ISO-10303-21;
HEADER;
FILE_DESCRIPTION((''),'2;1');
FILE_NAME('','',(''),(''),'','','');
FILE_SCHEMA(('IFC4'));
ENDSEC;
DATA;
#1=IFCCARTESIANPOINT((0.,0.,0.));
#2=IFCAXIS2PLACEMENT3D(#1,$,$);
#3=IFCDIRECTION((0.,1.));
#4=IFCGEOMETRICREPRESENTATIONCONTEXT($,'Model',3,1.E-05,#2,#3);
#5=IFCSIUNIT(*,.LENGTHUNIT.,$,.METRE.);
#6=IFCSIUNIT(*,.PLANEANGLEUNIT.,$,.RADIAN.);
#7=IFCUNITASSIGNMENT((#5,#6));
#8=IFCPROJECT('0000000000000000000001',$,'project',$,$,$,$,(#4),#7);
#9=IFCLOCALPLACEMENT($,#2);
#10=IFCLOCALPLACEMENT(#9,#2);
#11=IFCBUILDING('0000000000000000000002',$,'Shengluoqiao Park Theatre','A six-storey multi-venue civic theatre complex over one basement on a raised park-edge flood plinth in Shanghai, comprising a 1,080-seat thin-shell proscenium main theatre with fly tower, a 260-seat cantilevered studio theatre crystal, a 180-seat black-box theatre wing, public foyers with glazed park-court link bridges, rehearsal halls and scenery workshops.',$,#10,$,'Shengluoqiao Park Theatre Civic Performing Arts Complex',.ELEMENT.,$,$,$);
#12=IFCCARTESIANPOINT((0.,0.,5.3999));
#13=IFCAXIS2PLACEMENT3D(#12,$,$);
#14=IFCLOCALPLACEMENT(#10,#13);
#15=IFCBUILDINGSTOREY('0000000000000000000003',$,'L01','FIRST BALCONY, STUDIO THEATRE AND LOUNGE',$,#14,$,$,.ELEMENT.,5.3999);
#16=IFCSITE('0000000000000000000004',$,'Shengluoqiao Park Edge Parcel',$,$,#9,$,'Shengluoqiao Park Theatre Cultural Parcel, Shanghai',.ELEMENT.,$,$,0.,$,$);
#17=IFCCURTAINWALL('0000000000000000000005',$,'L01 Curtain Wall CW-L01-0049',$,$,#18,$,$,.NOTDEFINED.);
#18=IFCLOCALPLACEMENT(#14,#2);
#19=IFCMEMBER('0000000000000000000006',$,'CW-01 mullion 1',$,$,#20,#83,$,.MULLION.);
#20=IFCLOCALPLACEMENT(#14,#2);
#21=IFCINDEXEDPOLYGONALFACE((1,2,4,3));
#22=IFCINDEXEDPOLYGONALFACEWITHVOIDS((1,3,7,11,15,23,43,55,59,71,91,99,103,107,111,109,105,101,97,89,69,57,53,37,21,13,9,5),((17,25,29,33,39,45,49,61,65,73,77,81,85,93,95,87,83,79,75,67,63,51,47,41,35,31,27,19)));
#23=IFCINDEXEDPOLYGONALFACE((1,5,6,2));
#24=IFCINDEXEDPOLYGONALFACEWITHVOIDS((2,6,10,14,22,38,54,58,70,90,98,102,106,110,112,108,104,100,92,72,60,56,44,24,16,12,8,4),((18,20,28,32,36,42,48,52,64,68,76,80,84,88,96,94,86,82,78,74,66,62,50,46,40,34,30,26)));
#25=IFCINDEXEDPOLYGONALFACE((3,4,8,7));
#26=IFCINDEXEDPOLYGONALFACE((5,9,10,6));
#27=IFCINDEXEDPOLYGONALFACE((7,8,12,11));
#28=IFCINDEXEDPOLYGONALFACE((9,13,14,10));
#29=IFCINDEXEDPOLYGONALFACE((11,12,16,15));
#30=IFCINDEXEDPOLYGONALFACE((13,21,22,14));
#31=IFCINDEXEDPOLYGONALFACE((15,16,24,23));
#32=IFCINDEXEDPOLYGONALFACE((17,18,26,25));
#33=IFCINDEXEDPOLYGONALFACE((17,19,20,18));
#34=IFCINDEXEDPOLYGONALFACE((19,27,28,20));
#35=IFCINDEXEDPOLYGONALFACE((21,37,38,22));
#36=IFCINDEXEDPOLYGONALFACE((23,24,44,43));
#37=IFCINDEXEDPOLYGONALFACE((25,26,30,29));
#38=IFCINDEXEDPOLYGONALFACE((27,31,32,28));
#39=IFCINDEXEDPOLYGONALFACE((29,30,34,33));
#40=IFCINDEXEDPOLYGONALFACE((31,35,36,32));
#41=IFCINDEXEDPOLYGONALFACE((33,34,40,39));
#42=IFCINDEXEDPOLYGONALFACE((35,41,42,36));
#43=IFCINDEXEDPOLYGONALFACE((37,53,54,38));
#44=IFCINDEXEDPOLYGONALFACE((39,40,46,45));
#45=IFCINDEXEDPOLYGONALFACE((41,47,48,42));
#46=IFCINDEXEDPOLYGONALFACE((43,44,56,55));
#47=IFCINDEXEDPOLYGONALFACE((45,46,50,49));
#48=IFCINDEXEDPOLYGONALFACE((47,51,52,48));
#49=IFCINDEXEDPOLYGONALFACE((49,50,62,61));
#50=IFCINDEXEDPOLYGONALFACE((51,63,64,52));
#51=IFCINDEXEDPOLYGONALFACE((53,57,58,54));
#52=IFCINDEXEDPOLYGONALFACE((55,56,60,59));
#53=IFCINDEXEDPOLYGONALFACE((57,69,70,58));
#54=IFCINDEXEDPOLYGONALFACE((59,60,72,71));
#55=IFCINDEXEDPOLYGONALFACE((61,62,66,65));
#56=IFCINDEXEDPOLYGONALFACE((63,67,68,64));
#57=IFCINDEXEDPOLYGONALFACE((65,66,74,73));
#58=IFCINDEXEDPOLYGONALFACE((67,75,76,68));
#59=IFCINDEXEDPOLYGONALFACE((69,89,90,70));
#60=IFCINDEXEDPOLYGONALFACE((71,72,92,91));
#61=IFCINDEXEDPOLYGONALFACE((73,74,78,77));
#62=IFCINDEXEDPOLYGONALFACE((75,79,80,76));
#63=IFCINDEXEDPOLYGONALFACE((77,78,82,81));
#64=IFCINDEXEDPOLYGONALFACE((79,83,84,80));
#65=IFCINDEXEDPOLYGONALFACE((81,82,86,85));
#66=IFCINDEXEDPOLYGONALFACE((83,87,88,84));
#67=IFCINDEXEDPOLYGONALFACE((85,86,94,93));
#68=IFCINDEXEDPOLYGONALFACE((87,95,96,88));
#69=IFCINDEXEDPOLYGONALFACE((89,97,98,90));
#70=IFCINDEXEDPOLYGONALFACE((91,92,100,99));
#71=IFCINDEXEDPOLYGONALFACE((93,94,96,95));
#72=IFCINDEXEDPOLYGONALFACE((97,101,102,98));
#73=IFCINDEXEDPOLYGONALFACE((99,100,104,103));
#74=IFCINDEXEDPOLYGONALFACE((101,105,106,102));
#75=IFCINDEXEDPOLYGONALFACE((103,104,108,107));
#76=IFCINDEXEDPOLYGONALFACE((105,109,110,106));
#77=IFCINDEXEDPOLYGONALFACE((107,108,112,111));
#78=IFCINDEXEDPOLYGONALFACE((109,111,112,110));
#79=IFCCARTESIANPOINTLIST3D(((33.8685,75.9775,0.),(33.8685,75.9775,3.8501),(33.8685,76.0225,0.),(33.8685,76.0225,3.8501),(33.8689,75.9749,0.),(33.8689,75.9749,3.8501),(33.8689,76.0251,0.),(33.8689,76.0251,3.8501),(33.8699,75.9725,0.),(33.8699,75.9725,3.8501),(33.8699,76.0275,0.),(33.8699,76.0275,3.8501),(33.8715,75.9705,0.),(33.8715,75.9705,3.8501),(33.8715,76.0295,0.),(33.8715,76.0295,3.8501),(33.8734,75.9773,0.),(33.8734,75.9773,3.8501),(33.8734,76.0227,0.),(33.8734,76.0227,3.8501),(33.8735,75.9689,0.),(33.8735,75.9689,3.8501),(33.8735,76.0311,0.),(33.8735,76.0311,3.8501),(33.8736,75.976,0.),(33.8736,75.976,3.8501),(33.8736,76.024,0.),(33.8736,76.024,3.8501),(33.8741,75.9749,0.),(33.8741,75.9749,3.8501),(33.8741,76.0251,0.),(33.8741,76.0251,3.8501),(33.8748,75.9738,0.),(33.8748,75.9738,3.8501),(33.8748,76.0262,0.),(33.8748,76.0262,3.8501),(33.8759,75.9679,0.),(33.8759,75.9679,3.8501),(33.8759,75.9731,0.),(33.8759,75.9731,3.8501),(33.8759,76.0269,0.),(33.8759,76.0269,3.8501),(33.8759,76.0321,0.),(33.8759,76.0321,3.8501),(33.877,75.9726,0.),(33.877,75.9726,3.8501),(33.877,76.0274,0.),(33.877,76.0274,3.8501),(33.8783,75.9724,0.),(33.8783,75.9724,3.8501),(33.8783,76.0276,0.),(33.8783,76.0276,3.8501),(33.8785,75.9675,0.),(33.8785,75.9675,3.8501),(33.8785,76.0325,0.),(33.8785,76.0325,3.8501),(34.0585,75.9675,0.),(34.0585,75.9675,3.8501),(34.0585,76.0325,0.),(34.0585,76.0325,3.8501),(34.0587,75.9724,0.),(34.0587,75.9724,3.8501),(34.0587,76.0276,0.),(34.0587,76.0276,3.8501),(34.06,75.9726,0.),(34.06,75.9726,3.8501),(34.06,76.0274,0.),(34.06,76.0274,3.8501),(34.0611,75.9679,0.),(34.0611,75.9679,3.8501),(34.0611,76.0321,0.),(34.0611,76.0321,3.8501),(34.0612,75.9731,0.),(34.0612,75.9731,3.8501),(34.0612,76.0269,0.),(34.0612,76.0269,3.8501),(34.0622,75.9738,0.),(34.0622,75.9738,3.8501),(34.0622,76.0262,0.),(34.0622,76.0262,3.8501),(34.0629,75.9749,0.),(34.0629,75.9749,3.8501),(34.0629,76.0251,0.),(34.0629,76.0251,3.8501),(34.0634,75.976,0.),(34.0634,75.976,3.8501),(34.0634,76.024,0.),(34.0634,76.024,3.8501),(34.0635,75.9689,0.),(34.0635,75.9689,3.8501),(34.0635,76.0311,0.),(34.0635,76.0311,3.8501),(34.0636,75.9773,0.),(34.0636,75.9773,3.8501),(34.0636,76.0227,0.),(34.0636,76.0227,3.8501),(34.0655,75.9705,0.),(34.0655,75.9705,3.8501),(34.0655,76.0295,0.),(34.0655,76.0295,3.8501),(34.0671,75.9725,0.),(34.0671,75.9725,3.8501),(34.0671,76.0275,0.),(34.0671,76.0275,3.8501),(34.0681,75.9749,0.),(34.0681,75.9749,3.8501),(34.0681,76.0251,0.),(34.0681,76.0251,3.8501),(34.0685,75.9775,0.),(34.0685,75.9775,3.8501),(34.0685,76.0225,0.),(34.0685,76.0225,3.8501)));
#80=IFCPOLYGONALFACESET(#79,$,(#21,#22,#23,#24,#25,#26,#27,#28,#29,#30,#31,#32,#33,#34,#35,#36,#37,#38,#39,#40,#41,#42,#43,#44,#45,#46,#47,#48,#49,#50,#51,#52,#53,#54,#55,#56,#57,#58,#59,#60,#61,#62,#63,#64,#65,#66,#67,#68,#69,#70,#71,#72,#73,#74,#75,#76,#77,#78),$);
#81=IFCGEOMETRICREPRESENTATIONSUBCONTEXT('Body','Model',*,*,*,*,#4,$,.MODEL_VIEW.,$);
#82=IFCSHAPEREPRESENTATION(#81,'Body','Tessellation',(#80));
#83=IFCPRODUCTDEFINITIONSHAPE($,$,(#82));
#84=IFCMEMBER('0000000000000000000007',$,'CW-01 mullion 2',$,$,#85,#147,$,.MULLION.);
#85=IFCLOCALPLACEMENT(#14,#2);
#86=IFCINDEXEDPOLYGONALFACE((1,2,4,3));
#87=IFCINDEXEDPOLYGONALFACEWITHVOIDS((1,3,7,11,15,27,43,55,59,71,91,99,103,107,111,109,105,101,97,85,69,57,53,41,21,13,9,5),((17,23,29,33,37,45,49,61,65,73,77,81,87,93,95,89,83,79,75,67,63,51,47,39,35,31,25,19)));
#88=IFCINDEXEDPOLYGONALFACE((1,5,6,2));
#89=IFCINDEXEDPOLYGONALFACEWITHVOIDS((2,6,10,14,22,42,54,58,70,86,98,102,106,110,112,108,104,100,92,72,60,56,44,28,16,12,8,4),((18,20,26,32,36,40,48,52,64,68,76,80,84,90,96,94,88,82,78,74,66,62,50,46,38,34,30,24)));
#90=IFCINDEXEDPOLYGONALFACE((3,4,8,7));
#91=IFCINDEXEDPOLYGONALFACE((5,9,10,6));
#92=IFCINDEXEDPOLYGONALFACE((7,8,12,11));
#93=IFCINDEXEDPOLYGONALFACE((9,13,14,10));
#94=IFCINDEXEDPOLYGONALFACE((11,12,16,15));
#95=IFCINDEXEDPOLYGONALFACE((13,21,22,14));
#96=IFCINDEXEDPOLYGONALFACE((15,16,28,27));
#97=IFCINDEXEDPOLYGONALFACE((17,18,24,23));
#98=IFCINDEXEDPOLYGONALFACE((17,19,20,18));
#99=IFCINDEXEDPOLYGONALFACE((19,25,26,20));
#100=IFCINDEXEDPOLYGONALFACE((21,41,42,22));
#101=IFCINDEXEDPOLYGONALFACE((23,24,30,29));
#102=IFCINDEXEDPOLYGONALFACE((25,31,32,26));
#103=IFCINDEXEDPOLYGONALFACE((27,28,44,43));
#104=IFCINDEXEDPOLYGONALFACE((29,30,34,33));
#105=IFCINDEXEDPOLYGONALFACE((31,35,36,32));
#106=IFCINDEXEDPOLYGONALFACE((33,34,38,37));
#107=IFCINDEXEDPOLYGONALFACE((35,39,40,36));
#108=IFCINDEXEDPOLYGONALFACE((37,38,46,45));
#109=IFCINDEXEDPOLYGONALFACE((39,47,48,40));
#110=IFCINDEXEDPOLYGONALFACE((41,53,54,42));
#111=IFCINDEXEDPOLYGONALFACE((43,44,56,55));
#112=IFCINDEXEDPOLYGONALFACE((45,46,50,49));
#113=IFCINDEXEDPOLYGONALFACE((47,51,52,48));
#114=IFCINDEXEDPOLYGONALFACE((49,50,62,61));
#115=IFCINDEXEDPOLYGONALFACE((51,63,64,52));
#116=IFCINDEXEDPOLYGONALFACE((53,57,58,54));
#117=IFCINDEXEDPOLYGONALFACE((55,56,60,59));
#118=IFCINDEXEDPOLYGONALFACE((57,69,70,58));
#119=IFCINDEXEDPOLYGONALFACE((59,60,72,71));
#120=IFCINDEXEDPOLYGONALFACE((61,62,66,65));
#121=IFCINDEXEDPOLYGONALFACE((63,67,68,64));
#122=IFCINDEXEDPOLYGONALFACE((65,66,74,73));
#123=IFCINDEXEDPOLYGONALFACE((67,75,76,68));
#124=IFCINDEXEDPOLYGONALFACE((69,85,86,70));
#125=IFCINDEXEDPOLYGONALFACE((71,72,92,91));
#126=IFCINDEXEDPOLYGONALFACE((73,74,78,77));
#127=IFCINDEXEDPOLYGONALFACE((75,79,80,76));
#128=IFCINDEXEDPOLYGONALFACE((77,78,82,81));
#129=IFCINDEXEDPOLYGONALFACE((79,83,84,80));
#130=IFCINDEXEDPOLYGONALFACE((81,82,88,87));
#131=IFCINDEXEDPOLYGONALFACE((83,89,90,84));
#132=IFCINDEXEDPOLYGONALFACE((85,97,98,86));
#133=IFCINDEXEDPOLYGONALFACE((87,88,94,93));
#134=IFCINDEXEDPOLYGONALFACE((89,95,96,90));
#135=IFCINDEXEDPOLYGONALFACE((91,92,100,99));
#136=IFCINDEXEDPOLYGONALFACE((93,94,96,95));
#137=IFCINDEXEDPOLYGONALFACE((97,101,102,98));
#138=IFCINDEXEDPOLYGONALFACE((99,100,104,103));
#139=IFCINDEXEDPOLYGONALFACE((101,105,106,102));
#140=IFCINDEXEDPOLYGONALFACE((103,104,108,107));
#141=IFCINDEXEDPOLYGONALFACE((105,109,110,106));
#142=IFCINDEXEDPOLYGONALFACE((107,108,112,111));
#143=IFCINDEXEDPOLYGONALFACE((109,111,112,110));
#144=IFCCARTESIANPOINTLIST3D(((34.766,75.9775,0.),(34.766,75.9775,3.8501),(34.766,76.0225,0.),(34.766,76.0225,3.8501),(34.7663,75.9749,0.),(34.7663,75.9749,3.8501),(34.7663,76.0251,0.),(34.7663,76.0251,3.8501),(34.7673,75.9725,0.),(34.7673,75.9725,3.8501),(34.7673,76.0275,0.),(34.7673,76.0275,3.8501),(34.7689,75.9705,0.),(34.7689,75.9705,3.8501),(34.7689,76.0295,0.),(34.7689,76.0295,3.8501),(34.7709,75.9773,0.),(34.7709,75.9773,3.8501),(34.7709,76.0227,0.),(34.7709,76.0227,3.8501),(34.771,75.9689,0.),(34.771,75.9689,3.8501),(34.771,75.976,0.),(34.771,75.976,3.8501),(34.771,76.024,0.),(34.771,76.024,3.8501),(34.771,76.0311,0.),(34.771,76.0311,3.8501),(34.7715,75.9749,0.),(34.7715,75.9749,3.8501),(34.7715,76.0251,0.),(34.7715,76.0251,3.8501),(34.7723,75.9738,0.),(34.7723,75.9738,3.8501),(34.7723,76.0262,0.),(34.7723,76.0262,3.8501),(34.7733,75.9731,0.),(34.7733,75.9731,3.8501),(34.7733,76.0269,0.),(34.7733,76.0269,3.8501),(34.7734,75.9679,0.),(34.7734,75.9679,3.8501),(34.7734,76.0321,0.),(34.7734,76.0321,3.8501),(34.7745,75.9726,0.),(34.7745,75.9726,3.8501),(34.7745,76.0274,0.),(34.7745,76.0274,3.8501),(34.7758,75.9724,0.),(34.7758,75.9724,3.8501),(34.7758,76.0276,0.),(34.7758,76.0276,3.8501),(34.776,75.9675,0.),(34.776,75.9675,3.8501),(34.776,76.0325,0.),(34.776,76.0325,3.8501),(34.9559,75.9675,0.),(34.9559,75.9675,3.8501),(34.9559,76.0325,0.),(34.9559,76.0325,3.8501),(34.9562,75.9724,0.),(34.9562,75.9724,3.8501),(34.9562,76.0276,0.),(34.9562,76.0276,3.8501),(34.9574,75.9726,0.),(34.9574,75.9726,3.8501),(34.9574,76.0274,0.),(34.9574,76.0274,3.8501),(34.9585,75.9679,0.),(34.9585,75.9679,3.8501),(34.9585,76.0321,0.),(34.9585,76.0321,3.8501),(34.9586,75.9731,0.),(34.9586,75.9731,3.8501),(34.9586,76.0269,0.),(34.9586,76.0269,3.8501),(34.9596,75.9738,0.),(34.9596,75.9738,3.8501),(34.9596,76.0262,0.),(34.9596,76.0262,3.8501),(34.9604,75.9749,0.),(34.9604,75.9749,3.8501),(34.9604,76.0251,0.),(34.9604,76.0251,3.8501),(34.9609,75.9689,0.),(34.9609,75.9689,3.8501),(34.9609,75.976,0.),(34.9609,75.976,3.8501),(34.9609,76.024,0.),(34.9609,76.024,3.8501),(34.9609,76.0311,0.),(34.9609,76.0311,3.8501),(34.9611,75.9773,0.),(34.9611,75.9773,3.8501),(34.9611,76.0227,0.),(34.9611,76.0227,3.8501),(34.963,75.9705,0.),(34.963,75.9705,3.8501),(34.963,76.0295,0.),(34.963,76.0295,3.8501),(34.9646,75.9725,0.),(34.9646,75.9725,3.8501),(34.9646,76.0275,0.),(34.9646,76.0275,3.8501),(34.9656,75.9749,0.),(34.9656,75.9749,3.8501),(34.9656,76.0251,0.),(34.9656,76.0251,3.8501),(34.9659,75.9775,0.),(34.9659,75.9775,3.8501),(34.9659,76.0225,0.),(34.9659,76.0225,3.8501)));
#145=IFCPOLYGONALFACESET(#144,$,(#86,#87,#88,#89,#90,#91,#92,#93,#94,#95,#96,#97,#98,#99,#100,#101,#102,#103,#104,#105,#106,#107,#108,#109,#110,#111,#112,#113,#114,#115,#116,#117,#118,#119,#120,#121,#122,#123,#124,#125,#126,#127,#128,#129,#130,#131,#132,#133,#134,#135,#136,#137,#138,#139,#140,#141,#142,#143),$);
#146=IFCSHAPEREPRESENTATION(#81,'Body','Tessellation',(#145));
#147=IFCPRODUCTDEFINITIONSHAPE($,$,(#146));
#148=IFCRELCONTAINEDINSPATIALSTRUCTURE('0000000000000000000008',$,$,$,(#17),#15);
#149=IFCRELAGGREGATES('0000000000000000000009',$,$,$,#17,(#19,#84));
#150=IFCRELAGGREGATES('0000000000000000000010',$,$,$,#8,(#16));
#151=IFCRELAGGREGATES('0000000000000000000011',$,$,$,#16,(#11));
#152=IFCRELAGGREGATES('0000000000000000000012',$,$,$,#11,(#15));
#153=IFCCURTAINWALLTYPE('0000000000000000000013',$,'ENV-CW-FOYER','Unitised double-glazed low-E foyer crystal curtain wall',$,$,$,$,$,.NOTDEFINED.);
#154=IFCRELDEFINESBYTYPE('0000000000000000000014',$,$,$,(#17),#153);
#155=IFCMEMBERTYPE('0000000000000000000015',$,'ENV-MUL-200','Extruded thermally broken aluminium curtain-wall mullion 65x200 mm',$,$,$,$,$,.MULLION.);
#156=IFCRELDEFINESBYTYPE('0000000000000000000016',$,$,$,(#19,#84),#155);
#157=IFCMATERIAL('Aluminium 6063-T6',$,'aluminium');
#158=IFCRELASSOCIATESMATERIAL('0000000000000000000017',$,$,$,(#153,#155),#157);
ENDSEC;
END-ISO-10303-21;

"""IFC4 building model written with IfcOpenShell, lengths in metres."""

from ifc_helpers import new_model, si_unit, direction, frame, origin, origin_2d, place, context, subcontext, project, spatial, hollow_rectangle, extrude, material, material_profile, profile_set, type_object, element, aggregate, save


model = new_model("IFC4")

# Units and contexts
model_context = context("Model", 3, precision=1e-05, world=origin(), true_north=direction((0.0, 1.0)))
body_context = subcontext(model_context, "Body", "Model", "MODEL_VIEW")
ifc_project = project(units=[si_unit("LENGTHUNIT", "METRE"), si_unit("PLANEANGLEUNIT", "RADIAN")], contexts=[model_context])

# Site, building, storey
site_placement = place(None, origin())
site = spatial("IfcSite", under=ifc_project, at=site_placement, Name="Shengluoqiao Park Edge Parcel", LongName="Shengluoqiao Park Theatre Cultural Parcel, Shanghai", CompositionType="ELEMENT", RefElevation=0.0)
building_placement = place(site_placement, origin())
building = spatial("IfcBuilding", under=site, at=building_placement, Name="Shengluoqiao Park Theatre", Description="A six-storey multi-venue civic theatre complex over one basement on a raised park-edge flood plinth in Shanghai, comprising a 1,080-seat thin-shell proscenium main theatre with fly tower, a 260-seat cantilevered studio theatre crystal, a 180-seat black-box theatre wing, public foyers with glazed park-court link bridges, rehearsal halls and scenery workshops.", LongName="Shengluoqiao Park Theatre Civic Performing Arts Complex", CompositionType="ELEMENT")
storey_placement = place(building_placement, frame((0.0, 0.0, 5.3999)))
storey = spatial("IfcBuildingStorey", under=building, at=storey_placement, Name="L01", Description="FIRST BALCONY, STUDIO THEATRE AND LOUNGE", CompositionType="ELEMENT", Elevation=5.3999)

# Curtain wall, members
ifc_material_1 = material(Name="Aluminium 6063-T6", Category="aluminium")
curtain_wall_type = type_object("IfcCurtainWallType", Name="ENV-CW-FOYER", Description="Unitised double-glazed low-E foyer crystal curtain wall", PredefinedType="NOTDEFINED", material=ifc_material_1)
ifc_material_profile_1 = material_profile(ifc_material_1, hollow_rectangle(XDim=0.0649, YDim=0.2, WallThickness=0.0049, InnerFilletRadius=0.0049, OuterFilletRadius=0.01, at=origin_2d()), Name="ALU MULLION 200x65x5")
ifc_profile_set_1 = profile_set([ifc_material_profile_1], Name="Aluminium 6063-T6")
member_type_1 = type_object("IfcMemberType", Name="ENV-MUL-200", Description="Extruded thermally broken aluminium curtain-wall mullion 65x200 mm", PredefinedType="MULLION", material=ifc_profile_set_1)
curtain_wall_1_placement = place(storey_placement, origin())
curtain_wall_1 = element("IfcCurtainWall", 1, at=curtain_wall_1_placement, inside=storey, type_object=curtain_wall_type, Name="L01 Curtain Wall CW-L01-0049", PredefinedType="NOTDEFINED")
member_1_placement = place(storey_placement, frame((33.9685, 76.0, 0.0), z_axis=(0.0, 0.0, 1.0), x_axis=(0.0, 1.0, 0.0)))
member_1 = element("IfcMember", 2, at=member_1_placement, type_object=member_type_1, Name="CW-01 mullion 1", PredefinedType="MULLION", context=body_context, shape_type="SweptSolid", body=[
    extrude(hollow_rectangle(XDim=0.0649, YDim=0.2, WallThickness=0.0049, InnerFilletRadius=0.0049, OuterFilletRadius=0.01, at=origin_2d()), origin(), (0.0, 0.0, 1.0), 3.8501),
])
member_2_placement = place(storey_placement, frame((34.866, 76.0, 0.0), z_axis=(0.0, 0.0, 1.0), x_axis=(0.0, 1.0, 0.0)))
member_2 = element("IfcMember", 3, at=member_2_placement, type_object=member_type_1, Name="CW-01 mullion 2", PredefinedType="MULLION", context=body_context, shape_type="SweptSolid", body=[
    extrude(hollow_rectangle(XDim=0.0649, YDim=0.2, WallThickness=0.0049, InnerFilletRadius=0.0049, OuterFilletRadius=0.01, at=origin_2d()), origin(), (0.0, 0.0, 1.0), 3.8501),
])

aggregate(curtain_wall_1, [member_1, member_2])

save(model, "model.ifc")
